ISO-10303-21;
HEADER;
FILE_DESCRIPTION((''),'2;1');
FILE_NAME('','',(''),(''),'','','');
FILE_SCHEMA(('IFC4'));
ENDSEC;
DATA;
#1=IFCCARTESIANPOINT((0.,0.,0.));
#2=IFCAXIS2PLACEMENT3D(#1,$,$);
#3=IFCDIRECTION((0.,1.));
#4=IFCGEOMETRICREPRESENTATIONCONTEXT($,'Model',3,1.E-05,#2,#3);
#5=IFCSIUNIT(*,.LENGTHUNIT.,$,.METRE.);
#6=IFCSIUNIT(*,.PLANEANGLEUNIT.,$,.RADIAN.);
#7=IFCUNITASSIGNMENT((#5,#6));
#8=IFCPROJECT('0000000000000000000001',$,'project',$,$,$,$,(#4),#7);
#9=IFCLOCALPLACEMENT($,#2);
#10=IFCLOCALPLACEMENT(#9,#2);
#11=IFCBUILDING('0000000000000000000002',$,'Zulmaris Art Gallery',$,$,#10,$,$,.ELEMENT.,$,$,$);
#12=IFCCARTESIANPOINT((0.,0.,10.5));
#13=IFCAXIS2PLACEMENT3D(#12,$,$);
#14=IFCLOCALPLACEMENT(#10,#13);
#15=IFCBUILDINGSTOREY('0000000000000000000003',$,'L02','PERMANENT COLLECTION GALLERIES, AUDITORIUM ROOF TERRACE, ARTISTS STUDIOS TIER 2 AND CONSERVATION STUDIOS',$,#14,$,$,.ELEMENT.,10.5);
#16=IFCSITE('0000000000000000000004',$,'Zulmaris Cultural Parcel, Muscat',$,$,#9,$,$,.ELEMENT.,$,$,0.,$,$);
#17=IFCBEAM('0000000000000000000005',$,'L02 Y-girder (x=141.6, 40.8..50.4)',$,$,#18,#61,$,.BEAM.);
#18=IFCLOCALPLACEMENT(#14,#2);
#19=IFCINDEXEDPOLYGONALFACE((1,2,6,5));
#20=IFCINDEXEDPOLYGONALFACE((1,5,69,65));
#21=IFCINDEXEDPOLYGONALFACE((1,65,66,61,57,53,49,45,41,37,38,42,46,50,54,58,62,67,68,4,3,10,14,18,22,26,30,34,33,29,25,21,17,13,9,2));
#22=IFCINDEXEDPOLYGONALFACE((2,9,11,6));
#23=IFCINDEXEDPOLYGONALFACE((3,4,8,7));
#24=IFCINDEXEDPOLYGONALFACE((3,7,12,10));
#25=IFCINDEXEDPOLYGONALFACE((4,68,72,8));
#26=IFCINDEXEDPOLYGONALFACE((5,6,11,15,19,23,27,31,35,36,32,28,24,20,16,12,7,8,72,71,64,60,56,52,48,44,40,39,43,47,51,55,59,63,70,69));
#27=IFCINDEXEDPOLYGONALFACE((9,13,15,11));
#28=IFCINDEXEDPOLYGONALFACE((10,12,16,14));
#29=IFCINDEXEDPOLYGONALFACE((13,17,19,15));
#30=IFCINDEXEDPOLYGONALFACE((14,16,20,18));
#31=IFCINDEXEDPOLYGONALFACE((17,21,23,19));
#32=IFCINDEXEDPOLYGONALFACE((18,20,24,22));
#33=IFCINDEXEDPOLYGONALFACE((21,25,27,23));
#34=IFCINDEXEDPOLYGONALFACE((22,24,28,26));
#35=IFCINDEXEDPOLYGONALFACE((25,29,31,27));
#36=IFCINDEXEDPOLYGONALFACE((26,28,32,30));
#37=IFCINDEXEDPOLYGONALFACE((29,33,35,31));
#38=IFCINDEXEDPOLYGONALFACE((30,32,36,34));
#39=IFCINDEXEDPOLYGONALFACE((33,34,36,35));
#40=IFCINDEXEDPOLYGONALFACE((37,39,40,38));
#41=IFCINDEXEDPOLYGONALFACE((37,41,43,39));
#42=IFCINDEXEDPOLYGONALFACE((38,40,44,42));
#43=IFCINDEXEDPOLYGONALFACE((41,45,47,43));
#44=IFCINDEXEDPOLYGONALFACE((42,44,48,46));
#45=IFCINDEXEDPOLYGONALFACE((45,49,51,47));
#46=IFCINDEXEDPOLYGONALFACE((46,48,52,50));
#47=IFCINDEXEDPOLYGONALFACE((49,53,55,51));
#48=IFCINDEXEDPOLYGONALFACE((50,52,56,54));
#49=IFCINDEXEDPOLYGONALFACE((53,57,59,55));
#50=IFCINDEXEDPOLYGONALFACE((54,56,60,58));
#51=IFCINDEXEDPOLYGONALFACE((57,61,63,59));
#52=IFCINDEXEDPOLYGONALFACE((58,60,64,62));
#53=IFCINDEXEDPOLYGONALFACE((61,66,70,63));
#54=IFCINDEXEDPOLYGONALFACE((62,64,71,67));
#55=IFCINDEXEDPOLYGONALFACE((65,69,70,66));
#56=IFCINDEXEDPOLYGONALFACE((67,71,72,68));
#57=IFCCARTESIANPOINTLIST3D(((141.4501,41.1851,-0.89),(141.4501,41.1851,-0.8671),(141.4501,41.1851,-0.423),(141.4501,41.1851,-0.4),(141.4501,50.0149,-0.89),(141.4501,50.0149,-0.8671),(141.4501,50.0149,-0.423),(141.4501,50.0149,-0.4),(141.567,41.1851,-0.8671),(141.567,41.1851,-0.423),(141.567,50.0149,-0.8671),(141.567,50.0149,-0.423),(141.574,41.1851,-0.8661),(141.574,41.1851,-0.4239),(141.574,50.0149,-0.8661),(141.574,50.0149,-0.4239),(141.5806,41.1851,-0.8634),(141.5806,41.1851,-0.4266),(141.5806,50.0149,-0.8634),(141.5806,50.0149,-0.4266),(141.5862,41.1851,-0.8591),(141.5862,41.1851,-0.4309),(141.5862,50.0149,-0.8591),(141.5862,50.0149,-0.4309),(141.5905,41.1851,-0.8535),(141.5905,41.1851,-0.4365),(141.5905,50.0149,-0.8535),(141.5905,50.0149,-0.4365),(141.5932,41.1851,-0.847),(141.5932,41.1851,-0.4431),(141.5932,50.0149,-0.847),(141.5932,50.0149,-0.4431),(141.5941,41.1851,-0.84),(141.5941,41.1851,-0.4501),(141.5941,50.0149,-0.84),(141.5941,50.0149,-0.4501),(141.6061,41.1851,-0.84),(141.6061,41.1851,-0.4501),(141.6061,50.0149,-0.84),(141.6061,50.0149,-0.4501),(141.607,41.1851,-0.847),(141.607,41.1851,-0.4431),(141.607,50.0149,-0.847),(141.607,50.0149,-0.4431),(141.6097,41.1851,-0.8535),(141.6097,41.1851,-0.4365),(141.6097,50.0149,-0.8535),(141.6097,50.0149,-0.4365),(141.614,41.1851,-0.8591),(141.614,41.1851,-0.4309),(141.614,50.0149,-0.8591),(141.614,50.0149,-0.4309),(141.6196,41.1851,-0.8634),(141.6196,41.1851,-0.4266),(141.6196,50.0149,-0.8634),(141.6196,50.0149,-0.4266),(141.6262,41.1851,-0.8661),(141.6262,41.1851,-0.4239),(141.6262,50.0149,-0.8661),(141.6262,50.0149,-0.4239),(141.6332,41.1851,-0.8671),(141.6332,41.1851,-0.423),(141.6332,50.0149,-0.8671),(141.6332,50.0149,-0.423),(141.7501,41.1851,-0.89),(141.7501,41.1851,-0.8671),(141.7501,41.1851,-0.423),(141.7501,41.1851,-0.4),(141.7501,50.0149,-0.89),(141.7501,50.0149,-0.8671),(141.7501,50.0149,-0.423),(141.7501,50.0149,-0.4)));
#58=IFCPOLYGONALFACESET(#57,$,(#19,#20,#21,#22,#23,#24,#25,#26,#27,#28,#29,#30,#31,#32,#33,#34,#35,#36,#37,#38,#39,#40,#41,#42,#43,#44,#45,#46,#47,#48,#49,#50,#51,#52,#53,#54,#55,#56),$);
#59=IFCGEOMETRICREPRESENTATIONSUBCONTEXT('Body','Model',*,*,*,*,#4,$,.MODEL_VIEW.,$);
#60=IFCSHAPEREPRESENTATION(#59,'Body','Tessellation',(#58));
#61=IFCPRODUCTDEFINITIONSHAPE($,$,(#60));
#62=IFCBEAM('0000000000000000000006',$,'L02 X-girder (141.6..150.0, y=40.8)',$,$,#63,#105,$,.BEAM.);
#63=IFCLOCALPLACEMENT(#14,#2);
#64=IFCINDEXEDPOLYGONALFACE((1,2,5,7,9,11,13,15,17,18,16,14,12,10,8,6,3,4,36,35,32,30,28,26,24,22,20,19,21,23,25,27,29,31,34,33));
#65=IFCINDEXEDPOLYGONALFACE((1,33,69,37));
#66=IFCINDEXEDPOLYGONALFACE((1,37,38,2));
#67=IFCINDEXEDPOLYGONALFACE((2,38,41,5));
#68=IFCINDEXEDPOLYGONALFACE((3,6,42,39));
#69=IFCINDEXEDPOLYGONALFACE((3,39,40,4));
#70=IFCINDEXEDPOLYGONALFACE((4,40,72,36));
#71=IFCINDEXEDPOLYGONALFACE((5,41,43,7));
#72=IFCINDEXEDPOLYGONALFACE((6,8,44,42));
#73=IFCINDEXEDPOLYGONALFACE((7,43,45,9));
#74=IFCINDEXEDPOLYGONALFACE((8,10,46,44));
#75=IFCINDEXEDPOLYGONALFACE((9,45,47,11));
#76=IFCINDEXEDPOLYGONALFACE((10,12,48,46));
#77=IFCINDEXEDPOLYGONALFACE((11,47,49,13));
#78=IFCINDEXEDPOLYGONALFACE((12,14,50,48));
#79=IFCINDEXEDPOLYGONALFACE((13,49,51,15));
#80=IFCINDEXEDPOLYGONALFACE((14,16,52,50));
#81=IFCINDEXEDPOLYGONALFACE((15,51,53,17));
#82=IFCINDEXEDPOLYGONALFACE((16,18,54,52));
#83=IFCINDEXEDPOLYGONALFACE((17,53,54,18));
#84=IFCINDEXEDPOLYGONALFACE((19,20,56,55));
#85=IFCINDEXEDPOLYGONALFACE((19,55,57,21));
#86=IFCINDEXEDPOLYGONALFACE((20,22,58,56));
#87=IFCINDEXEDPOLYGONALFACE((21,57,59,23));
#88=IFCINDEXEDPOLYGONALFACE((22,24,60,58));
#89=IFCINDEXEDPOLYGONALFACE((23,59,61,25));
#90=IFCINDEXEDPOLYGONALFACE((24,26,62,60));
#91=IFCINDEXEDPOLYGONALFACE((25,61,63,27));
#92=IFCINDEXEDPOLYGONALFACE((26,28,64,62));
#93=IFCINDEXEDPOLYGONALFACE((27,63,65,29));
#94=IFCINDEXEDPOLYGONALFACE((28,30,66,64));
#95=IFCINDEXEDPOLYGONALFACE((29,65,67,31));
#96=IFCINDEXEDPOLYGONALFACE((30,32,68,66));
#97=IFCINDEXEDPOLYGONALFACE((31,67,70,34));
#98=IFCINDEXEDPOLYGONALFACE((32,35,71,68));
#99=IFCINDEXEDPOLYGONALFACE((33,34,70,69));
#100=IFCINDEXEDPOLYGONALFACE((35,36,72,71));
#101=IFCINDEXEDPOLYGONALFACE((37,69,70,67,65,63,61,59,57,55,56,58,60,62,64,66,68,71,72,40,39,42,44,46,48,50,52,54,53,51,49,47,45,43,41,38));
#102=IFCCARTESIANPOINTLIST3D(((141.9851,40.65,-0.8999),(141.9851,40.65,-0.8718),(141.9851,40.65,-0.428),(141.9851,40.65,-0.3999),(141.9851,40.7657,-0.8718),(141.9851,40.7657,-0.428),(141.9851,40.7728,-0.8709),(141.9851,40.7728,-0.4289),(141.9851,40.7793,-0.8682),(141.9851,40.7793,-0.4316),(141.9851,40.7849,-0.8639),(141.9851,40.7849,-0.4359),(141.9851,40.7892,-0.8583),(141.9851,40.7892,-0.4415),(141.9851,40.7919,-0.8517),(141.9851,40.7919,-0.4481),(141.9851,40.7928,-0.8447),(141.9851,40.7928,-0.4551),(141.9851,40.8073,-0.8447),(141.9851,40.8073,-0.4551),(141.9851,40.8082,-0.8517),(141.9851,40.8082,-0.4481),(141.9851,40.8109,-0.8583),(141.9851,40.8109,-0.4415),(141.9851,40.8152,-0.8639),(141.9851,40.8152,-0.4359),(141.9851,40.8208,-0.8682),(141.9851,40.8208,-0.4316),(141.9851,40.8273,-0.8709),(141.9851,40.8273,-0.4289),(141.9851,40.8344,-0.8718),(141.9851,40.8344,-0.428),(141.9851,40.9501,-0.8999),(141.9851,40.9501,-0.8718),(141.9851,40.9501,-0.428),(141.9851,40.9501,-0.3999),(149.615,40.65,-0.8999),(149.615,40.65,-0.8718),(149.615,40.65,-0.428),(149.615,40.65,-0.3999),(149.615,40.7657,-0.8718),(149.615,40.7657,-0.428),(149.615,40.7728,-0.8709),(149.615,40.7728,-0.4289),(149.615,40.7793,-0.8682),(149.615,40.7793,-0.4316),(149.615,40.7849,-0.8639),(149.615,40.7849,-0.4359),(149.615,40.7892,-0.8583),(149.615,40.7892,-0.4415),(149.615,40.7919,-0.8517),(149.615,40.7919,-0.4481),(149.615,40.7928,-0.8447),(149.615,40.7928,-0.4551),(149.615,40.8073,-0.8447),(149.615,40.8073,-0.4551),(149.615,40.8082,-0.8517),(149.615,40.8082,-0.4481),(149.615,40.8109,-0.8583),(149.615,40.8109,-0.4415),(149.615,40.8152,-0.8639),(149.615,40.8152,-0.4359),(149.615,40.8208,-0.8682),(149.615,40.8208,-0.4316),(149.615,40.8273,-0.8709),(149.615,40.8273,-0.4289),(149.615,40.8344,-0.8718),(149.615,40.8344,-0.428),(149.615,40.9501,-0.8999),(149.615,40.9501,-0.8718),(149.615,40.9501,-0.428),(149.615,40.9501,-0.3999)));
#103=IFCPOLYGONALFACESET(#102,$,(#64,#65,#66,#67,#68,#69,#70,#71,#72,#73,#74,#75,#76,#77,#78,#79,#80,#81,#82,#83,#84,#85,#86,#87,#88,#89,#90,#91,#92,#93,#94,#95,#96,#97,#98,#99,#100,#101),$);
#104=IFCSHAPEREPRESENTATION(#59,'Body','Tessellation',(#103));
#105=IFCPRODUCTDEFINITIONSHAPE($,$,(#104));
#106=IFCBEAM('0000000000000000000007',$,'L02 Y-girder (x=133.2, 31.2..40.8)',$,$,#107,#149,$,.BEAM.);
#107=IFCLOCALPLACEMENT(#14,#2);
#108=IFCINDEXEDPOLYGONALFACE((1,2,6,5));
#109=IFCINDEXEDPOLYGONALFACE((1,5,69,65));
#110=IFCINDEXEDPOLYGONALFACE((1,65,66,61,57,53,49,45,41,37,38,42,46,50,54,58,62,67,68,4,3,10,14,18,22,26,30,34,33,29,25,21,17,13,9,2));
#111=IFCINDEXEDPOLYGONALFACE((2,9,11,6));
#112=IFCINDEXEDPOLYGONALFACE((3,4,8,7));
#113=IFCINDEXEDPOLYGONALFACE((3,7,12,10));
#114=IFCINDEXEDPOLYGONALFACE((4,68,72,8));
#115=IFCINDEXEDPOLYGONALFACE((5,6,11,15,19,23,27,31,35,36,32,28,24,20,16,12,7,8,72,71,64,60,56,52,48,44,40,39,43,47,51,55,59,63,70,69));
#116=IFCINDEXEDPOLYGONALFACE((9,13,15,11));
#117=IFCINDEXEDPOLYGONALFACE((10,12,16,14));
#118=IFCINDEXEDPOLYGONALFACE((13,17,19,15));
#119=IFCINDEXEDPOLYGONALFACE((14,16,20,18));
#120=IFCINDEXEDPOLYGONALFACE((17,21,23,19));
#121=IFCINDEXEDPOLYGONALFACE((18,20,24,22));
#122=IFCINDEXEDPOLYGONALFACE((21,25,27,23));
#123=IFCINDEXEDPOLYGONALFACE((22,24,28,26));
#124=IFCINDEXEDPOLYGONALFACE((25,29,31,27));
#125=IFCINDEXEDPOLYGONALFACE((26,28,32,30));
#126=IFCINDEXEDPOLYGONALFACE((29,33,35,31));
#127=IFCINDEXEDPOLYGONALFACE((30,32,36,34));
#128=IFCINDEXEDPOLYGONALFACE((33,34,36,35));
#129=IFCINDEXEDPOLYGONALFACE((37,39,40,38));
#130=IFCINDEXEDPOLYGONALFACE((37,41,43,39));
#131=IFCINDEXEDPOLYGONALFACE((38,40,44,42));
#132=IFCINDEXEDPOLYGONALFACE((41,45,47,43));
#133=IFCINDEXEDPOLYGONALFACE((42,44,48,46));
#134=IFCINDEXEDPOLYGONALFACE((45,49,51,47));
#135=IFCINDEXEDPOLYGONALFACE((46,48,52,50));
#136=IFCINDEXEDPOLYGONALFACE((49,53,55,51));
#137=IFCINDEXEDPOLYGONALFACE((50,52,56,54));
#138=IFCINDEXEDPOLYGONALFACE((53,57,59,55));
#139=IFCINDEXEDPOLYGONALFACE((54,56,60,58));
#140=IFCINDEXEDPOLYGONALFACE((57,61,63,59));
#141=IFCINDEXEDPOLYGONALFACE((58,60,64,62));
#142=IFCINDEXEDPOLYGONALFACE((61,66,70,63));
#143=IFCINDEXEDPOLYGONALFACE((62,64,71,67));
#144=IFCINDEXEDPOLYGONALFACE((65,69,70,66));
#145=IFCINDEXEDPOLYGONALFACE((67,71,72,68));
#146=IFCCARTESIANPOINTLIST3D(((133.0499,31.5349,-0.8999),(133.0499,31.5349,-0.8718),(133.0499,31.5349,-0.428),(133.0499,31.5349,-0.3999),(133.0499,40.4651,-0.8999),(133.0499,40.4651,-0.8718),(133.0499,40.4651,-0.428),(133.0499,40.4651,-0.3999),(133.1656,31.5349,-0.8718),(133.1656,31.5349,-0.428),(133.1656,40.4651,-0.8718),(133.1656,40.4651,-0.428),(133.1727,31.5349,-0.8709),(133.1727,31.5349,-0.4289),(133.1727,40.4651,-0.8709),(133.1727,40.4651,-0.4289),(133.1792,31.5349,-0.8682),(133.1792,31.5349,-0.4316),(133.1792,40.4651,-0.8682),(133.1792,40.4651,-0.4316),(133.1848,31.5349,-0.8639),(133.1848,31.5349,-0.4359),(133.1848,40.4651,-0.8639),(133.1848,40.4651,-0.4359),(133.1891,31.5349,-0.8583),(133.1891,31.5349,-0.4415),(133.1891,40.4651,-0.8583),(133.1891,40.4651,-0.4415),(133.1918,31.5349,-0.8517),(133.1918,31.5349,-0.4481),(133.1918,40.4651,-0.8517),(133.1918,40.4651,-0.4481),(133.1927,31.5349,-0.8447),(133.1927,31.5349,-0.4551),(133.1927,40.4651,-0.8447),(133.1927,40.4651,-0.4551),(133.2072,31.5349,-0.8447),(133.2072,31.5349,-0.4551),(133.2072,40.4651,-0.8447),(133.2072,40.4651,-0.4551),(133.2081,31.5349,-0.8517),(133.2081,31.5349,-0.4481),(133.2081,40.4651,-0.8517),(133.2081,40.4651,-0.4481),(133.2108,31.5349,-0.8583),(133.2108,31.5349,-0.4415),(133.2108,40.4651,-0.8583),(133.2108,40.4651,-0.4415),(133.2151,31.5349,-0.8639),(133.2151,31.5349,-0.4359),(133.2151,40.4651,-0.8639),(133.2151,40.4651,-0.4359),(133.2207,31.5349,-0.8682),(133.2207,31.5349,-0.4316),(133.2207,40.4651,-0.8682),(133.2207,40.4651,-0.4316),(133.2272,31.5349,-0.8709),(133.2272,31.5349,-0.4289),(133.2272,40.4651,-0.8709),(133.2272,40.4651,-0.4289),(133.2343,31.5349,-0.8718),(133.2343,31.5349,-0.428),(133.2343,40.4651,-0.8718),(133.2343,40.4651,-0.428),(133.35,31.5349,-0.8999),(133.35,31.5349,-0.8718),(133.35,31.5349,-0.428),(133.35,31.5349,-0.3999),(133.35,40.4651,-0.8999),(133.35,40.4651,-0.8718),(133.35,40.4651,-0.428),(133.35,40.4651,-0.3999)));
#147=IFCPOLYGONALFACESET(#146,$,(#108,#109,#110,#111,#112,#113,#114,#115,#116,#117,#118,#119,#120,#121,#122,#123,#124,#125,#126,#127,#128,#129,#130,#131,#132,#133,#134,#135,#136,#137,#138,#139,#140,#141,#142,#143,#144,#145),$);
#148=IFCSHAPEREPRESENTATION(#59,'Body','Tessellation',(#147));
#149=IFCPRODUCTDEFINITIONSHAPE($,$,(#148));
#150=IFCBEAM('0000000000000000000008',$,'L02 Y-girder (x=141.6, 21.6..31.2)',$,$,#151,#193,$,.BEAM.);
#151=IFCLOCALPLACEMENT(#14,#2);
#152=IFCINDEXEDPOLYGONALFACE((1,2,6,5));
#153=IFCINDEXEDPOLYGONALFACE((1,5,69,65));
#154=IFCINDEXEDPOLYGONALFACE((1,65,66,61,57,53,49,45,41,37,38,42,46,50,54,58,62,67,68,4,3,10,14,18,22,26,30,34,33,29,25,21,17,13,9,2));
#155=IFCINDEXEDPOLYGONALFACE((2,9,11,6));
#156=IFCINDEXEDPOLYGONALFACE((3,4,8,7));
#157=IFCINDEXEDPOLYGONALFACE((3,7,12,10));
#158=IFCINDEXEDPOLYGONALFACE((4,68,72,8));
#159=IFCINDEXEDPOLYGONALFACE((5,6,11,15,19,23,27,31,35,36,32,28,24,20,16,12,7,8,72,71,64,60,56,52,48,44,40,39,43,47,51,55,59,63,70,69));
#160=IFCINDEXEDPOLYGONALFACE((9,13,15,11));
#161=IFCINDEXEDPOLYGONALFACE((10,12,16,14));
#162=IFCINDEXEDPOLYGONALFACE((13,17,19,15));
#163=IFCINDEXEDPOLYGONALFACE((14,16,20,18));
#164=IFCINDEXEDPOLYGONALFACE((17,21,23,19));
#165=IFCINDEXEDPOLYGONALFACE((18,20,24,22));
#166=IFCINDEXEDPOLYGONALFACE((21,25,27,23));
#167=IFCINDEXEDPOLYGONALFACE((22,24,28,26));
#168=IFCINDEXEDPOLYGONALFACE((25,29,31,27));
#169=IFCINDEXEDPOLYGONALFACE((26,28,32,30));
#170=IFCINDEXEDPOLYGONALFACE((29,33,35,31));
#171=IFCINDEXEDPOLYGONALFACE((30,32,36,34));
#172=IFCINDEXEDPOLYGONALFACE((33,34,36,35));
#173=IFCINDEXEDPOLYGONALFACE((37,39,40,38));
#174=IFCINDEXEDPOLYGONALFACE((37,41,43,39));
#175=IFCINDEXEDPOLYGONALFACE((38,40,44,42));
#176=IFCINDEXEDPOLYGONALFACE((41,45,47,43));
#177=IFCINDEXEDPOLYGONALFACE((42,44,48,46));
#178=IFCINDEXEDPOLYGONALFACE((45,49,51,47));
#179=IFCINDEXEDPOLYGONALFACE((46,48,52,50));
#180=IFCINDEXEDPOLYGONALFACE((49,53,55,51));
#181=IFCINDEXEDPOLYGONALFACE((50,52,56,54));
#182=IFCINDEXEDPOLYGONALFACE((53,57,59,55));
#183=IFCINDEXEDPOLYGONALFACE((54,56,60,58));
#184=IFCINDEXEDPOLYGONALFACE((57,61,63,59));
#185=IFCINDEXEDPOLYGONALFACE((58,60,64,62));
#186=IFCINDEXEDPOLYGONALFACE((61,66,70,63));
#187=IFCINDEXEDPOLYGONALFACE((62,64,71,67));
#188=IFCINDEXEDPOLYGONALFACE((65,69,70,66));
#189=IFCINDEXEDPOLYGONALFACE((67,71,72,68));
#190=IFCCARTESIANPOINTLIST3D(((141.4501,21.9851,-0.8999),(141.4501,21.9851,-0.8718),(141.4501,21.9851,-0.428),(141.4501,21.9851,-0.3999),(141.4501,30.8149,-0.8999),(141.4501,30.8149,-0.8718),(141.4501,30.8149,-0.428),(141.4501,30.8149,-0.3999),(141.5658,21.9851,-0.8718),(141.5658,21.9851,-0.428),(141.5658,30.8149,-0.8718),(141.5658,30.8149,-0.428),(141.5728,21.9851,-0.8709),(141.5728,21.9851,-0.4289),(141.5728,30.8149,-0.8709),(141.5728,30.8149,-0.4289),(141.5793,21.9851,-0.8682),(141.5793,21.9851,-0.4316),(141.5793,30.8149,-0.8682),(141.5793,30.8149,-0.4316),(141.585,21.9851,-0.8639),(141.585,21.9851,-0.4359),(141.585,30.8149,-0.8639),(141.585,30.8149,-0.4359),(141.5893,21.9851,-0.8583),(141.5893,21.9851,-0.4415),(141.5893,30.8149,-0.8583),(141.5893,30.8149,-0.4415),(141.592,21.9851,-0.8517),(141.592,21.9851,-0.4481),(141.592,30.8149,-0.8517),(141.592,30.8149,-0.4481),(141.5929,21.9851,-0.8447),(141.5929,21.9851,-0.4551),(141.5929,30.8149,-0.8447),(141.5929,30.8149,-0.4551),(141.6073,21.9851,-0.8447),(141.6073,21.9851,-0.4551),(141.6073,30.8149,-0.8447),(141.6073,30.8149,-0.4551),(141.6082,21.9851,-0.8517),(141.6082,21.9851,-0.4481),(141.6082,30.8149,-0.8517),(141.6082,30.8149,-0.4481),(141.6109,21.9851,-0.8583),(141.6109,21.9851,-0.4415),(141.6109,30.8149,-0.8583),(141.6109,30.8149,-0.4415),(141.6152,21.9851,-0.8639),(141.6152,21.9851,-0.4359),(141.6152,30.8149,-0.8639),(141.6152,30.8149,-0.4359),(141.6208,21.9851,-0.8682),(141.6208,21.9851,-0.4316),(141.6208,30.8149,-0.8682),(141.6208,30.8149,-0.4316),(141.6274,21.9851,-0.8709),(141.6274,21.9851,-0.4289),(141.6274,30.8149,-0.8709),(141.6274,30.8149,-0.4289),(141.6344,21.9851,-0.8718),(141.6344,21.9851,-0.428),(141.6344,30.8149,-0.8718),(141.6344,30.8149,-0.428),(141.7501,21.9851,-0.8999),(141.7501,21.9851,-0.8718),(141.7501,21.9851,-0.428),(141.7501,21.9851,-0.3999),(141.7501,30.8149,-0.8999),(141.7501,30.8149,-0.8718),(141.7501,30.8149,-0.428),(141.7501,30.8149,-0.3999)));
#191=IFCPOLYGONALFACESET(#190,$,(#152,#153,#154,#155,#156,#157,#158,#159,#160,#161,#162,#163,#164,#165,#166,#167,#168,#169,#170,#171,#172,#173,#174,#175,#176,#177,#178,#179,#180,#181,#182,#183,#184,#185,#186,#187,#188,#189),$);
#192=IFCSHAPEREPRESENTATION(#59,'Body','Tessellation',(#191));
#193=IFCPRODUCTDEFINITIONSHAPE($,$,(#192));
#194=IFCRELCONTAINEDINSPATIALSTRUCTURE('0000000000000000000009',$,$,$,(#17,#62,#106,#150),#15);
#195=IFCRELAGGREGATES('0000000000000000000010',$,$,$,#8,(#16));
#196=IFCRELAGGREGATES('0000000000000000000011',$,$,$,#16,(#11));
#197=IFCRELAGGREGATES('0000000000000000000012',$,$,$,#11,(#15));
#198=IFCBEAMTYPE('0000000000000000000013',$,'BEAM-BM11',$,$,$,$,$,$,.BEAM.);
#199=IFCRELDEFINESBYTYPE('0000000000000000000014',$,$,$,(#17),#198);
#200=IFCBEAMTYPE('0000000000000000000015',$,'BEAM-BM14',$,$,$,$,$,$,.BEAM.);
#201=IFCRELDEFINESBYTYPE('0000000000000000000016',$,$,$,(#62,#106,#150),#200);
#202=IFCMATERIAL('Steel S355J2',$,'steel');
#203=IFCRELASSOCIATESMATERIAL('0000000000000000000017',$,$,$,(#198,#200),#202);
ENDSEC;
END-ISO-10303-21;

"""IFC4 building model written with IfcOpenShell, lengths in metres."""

from ifc_helpers import new_model, si_unit, direction, frame, origin, origin_2d, place, context, subcontext, project, spatial, i_section, extrude, material, material_profile, profile_set, type_object, element, save


model = new_model("IFC4")

# Units and contexts
model_context = context("Model", 3, precision=1e-05, world=origin(), true_north=direction((0.0, 1.0)))
body_context = subcontext(model_context, "Body", "Model", "MODEL_VIEW")
ifc_project = project(units=[si_unit("LENGTHUNIT", "METRE"), si_unit("PLANEANGLEUNIT", "RADIAN")], contexts=[model_context])

# Site, building, storey
site_placement = place(None, origin())
site = spatial("IfcSite", under=ifc_project, at=site_placement, Name="Zulmaris Cultural Parcel, Muscat", CompositionType="ELEMENT", RefElevation=0.0)
building_placement = place(site_placement, origin())
building = spatial("IfcBuilding", under=site, at=building_placement, Name="Zulmaris Art Gallery", CompositionType="ELEMENT")
storey_placement = place(building_placement, frame((0.0, 0.0, 10.5)))
storey = spatial("IfcBuildingStorey", under=building, at=storey_placement, Name="L02", Description="PERMANENT COLLECTION GALLERIES, AUDITORIUM ROOF TERRACE, ARTISTS STUDIOS TIER 2 AND CONSERVATION STUDIOS", CompositionType="ELEMENT", Elevation=10.5)

# Beams
ifc_material_1 = material(Name="Steel S355J2", Category="steel")
ifc_material_profile_1 = material_profile(ifc_material_1, i_section(OverallWidth=0.3, OverallDepth=0.49, WebThickness=0.012, FlangeThickness=0.0229, FilletRadius=0.0271, at=origin_2d()), Name="HEA 500")
ifc_profile_set_1 = profile_set([ifc_material_profile_1], Name="Steel S355J2")
beam_type_1 = type_object("IfcBeamType", Name="BEAM-BM11", PredefinedType="BEAM", material=ifc_profile_set_1)
beam_1_placement = place(storey_placement, frame((141.6001, 41.1851, -0.645), z_axis=(0.0, 1.0, 0.0), x_axis=(-1.0, 0.0, 0.0)))
element("IfcBeam", 1, at=beam_1_placement, inside=storey, type_object=beam_type_1, Name="L02 Y-girder (x=141.6, 40.8..50.4)", PredefinedType="BEAM", context=body_context, shape_type="SweptSolid", body=[
    extrude(i_section(OverallWidth=0.3, OverallDepth=0.49, WebThickness=0.012, FlangeThickness=0.0229, FilletRadius=0.0271, at=origin_2d()), origin(), (0.0, 0.0, 1.0), 8.8298),
])
ifc_material_profile_2 = material_profile(ifc_material_1, i_section(OverallWidth=0.3, OverallDepth=0.5, WebThickness=0.0144, FlangeThickness=0.0281, FilletRadius=0.0271, at=origin_2d()), Name="HEB 500")
ifc_profile_set_2 = profile_set([ifc_material_profile_2], Name="Steel S355J2")
beam_type_2 = type_object("IfcBeamType", Name="BEAM-BM14", PredefinedType="BEAM", material=ifc_profile_set_2)
beam_2_placement = place(storey_placement, frame((141.9851, 40.8, -0.6499), z_axis=(1.0, 0.0, 0.0), x_axis=(0.0, 1.0, 0.0)))
element("IfcBeam", 2, at=beam_2_placement, inside=storey, type_object=beam_type_2, Name="L02 X-girder (141.6..150.0, y=40.8)", PredefinedType="BEAM", context=body_context, shape_type="SweptSolid", body=[
    extrude(i_section(OverallWidth=0.3, OverallDepth=0.5, WebThickness=0.0144, FlangeThickness=0.0281, FilletRadius=0.0271, at=origin_2d()), origin(), (0.0, 0.0, 1.0), 7.6299),
])
beam_3_placement = place(storey_placement, frame((133.2, 31.5349, -0.6499), z_axis=(0.0, 1.0, 0.0), x_axis=(-1.0, 0.0, 0.0)))
element("IfcBeam", 3, at=beam_3_placement, inside=storey, type_object=beam_type_2, Name="L02 Y-girder (x=133.2, 31.2..40.8)", PredefinedType="BEAM", context=body_context, shape_type="SweptSolid", body=[
    extrude(i_section(OverallWidth=0.3, OverallDepth=0.5, WebThickness=0.0144, FlangeThickness=0.0281, FilletRadius=0.0271, at=origin_2d()), origin(), (0.0, 0.0, 1.0), 8.9302),
])
beam_4_placement = place(storey_placement, frame((141.6001, 21.9851, -0.6499), z_axis=(0.0, 1.0, 0.0), x_axis=(-1.0, 0.0, 0.0)))
element("IfcBeam", 4, at=beam_4_placement, inside=storey, type_object=beam_type_2, Name="L02 Y-girder (x=141.6, 21.6..31.2)", PredefinedType="BEAM", context=body_context, shape_type="SweptSolid", body=[
    extrude(i_section(OverallWidth=0.3, OverallDepth=0.5, WebThickness=0.0144, FlangeThickness=0.0281, FilletRadius=0.0271, at=origin_2d()), origin(), (0.0, 0.0, 1.0), 8.8298),
])

save(model, "model.ifc")
